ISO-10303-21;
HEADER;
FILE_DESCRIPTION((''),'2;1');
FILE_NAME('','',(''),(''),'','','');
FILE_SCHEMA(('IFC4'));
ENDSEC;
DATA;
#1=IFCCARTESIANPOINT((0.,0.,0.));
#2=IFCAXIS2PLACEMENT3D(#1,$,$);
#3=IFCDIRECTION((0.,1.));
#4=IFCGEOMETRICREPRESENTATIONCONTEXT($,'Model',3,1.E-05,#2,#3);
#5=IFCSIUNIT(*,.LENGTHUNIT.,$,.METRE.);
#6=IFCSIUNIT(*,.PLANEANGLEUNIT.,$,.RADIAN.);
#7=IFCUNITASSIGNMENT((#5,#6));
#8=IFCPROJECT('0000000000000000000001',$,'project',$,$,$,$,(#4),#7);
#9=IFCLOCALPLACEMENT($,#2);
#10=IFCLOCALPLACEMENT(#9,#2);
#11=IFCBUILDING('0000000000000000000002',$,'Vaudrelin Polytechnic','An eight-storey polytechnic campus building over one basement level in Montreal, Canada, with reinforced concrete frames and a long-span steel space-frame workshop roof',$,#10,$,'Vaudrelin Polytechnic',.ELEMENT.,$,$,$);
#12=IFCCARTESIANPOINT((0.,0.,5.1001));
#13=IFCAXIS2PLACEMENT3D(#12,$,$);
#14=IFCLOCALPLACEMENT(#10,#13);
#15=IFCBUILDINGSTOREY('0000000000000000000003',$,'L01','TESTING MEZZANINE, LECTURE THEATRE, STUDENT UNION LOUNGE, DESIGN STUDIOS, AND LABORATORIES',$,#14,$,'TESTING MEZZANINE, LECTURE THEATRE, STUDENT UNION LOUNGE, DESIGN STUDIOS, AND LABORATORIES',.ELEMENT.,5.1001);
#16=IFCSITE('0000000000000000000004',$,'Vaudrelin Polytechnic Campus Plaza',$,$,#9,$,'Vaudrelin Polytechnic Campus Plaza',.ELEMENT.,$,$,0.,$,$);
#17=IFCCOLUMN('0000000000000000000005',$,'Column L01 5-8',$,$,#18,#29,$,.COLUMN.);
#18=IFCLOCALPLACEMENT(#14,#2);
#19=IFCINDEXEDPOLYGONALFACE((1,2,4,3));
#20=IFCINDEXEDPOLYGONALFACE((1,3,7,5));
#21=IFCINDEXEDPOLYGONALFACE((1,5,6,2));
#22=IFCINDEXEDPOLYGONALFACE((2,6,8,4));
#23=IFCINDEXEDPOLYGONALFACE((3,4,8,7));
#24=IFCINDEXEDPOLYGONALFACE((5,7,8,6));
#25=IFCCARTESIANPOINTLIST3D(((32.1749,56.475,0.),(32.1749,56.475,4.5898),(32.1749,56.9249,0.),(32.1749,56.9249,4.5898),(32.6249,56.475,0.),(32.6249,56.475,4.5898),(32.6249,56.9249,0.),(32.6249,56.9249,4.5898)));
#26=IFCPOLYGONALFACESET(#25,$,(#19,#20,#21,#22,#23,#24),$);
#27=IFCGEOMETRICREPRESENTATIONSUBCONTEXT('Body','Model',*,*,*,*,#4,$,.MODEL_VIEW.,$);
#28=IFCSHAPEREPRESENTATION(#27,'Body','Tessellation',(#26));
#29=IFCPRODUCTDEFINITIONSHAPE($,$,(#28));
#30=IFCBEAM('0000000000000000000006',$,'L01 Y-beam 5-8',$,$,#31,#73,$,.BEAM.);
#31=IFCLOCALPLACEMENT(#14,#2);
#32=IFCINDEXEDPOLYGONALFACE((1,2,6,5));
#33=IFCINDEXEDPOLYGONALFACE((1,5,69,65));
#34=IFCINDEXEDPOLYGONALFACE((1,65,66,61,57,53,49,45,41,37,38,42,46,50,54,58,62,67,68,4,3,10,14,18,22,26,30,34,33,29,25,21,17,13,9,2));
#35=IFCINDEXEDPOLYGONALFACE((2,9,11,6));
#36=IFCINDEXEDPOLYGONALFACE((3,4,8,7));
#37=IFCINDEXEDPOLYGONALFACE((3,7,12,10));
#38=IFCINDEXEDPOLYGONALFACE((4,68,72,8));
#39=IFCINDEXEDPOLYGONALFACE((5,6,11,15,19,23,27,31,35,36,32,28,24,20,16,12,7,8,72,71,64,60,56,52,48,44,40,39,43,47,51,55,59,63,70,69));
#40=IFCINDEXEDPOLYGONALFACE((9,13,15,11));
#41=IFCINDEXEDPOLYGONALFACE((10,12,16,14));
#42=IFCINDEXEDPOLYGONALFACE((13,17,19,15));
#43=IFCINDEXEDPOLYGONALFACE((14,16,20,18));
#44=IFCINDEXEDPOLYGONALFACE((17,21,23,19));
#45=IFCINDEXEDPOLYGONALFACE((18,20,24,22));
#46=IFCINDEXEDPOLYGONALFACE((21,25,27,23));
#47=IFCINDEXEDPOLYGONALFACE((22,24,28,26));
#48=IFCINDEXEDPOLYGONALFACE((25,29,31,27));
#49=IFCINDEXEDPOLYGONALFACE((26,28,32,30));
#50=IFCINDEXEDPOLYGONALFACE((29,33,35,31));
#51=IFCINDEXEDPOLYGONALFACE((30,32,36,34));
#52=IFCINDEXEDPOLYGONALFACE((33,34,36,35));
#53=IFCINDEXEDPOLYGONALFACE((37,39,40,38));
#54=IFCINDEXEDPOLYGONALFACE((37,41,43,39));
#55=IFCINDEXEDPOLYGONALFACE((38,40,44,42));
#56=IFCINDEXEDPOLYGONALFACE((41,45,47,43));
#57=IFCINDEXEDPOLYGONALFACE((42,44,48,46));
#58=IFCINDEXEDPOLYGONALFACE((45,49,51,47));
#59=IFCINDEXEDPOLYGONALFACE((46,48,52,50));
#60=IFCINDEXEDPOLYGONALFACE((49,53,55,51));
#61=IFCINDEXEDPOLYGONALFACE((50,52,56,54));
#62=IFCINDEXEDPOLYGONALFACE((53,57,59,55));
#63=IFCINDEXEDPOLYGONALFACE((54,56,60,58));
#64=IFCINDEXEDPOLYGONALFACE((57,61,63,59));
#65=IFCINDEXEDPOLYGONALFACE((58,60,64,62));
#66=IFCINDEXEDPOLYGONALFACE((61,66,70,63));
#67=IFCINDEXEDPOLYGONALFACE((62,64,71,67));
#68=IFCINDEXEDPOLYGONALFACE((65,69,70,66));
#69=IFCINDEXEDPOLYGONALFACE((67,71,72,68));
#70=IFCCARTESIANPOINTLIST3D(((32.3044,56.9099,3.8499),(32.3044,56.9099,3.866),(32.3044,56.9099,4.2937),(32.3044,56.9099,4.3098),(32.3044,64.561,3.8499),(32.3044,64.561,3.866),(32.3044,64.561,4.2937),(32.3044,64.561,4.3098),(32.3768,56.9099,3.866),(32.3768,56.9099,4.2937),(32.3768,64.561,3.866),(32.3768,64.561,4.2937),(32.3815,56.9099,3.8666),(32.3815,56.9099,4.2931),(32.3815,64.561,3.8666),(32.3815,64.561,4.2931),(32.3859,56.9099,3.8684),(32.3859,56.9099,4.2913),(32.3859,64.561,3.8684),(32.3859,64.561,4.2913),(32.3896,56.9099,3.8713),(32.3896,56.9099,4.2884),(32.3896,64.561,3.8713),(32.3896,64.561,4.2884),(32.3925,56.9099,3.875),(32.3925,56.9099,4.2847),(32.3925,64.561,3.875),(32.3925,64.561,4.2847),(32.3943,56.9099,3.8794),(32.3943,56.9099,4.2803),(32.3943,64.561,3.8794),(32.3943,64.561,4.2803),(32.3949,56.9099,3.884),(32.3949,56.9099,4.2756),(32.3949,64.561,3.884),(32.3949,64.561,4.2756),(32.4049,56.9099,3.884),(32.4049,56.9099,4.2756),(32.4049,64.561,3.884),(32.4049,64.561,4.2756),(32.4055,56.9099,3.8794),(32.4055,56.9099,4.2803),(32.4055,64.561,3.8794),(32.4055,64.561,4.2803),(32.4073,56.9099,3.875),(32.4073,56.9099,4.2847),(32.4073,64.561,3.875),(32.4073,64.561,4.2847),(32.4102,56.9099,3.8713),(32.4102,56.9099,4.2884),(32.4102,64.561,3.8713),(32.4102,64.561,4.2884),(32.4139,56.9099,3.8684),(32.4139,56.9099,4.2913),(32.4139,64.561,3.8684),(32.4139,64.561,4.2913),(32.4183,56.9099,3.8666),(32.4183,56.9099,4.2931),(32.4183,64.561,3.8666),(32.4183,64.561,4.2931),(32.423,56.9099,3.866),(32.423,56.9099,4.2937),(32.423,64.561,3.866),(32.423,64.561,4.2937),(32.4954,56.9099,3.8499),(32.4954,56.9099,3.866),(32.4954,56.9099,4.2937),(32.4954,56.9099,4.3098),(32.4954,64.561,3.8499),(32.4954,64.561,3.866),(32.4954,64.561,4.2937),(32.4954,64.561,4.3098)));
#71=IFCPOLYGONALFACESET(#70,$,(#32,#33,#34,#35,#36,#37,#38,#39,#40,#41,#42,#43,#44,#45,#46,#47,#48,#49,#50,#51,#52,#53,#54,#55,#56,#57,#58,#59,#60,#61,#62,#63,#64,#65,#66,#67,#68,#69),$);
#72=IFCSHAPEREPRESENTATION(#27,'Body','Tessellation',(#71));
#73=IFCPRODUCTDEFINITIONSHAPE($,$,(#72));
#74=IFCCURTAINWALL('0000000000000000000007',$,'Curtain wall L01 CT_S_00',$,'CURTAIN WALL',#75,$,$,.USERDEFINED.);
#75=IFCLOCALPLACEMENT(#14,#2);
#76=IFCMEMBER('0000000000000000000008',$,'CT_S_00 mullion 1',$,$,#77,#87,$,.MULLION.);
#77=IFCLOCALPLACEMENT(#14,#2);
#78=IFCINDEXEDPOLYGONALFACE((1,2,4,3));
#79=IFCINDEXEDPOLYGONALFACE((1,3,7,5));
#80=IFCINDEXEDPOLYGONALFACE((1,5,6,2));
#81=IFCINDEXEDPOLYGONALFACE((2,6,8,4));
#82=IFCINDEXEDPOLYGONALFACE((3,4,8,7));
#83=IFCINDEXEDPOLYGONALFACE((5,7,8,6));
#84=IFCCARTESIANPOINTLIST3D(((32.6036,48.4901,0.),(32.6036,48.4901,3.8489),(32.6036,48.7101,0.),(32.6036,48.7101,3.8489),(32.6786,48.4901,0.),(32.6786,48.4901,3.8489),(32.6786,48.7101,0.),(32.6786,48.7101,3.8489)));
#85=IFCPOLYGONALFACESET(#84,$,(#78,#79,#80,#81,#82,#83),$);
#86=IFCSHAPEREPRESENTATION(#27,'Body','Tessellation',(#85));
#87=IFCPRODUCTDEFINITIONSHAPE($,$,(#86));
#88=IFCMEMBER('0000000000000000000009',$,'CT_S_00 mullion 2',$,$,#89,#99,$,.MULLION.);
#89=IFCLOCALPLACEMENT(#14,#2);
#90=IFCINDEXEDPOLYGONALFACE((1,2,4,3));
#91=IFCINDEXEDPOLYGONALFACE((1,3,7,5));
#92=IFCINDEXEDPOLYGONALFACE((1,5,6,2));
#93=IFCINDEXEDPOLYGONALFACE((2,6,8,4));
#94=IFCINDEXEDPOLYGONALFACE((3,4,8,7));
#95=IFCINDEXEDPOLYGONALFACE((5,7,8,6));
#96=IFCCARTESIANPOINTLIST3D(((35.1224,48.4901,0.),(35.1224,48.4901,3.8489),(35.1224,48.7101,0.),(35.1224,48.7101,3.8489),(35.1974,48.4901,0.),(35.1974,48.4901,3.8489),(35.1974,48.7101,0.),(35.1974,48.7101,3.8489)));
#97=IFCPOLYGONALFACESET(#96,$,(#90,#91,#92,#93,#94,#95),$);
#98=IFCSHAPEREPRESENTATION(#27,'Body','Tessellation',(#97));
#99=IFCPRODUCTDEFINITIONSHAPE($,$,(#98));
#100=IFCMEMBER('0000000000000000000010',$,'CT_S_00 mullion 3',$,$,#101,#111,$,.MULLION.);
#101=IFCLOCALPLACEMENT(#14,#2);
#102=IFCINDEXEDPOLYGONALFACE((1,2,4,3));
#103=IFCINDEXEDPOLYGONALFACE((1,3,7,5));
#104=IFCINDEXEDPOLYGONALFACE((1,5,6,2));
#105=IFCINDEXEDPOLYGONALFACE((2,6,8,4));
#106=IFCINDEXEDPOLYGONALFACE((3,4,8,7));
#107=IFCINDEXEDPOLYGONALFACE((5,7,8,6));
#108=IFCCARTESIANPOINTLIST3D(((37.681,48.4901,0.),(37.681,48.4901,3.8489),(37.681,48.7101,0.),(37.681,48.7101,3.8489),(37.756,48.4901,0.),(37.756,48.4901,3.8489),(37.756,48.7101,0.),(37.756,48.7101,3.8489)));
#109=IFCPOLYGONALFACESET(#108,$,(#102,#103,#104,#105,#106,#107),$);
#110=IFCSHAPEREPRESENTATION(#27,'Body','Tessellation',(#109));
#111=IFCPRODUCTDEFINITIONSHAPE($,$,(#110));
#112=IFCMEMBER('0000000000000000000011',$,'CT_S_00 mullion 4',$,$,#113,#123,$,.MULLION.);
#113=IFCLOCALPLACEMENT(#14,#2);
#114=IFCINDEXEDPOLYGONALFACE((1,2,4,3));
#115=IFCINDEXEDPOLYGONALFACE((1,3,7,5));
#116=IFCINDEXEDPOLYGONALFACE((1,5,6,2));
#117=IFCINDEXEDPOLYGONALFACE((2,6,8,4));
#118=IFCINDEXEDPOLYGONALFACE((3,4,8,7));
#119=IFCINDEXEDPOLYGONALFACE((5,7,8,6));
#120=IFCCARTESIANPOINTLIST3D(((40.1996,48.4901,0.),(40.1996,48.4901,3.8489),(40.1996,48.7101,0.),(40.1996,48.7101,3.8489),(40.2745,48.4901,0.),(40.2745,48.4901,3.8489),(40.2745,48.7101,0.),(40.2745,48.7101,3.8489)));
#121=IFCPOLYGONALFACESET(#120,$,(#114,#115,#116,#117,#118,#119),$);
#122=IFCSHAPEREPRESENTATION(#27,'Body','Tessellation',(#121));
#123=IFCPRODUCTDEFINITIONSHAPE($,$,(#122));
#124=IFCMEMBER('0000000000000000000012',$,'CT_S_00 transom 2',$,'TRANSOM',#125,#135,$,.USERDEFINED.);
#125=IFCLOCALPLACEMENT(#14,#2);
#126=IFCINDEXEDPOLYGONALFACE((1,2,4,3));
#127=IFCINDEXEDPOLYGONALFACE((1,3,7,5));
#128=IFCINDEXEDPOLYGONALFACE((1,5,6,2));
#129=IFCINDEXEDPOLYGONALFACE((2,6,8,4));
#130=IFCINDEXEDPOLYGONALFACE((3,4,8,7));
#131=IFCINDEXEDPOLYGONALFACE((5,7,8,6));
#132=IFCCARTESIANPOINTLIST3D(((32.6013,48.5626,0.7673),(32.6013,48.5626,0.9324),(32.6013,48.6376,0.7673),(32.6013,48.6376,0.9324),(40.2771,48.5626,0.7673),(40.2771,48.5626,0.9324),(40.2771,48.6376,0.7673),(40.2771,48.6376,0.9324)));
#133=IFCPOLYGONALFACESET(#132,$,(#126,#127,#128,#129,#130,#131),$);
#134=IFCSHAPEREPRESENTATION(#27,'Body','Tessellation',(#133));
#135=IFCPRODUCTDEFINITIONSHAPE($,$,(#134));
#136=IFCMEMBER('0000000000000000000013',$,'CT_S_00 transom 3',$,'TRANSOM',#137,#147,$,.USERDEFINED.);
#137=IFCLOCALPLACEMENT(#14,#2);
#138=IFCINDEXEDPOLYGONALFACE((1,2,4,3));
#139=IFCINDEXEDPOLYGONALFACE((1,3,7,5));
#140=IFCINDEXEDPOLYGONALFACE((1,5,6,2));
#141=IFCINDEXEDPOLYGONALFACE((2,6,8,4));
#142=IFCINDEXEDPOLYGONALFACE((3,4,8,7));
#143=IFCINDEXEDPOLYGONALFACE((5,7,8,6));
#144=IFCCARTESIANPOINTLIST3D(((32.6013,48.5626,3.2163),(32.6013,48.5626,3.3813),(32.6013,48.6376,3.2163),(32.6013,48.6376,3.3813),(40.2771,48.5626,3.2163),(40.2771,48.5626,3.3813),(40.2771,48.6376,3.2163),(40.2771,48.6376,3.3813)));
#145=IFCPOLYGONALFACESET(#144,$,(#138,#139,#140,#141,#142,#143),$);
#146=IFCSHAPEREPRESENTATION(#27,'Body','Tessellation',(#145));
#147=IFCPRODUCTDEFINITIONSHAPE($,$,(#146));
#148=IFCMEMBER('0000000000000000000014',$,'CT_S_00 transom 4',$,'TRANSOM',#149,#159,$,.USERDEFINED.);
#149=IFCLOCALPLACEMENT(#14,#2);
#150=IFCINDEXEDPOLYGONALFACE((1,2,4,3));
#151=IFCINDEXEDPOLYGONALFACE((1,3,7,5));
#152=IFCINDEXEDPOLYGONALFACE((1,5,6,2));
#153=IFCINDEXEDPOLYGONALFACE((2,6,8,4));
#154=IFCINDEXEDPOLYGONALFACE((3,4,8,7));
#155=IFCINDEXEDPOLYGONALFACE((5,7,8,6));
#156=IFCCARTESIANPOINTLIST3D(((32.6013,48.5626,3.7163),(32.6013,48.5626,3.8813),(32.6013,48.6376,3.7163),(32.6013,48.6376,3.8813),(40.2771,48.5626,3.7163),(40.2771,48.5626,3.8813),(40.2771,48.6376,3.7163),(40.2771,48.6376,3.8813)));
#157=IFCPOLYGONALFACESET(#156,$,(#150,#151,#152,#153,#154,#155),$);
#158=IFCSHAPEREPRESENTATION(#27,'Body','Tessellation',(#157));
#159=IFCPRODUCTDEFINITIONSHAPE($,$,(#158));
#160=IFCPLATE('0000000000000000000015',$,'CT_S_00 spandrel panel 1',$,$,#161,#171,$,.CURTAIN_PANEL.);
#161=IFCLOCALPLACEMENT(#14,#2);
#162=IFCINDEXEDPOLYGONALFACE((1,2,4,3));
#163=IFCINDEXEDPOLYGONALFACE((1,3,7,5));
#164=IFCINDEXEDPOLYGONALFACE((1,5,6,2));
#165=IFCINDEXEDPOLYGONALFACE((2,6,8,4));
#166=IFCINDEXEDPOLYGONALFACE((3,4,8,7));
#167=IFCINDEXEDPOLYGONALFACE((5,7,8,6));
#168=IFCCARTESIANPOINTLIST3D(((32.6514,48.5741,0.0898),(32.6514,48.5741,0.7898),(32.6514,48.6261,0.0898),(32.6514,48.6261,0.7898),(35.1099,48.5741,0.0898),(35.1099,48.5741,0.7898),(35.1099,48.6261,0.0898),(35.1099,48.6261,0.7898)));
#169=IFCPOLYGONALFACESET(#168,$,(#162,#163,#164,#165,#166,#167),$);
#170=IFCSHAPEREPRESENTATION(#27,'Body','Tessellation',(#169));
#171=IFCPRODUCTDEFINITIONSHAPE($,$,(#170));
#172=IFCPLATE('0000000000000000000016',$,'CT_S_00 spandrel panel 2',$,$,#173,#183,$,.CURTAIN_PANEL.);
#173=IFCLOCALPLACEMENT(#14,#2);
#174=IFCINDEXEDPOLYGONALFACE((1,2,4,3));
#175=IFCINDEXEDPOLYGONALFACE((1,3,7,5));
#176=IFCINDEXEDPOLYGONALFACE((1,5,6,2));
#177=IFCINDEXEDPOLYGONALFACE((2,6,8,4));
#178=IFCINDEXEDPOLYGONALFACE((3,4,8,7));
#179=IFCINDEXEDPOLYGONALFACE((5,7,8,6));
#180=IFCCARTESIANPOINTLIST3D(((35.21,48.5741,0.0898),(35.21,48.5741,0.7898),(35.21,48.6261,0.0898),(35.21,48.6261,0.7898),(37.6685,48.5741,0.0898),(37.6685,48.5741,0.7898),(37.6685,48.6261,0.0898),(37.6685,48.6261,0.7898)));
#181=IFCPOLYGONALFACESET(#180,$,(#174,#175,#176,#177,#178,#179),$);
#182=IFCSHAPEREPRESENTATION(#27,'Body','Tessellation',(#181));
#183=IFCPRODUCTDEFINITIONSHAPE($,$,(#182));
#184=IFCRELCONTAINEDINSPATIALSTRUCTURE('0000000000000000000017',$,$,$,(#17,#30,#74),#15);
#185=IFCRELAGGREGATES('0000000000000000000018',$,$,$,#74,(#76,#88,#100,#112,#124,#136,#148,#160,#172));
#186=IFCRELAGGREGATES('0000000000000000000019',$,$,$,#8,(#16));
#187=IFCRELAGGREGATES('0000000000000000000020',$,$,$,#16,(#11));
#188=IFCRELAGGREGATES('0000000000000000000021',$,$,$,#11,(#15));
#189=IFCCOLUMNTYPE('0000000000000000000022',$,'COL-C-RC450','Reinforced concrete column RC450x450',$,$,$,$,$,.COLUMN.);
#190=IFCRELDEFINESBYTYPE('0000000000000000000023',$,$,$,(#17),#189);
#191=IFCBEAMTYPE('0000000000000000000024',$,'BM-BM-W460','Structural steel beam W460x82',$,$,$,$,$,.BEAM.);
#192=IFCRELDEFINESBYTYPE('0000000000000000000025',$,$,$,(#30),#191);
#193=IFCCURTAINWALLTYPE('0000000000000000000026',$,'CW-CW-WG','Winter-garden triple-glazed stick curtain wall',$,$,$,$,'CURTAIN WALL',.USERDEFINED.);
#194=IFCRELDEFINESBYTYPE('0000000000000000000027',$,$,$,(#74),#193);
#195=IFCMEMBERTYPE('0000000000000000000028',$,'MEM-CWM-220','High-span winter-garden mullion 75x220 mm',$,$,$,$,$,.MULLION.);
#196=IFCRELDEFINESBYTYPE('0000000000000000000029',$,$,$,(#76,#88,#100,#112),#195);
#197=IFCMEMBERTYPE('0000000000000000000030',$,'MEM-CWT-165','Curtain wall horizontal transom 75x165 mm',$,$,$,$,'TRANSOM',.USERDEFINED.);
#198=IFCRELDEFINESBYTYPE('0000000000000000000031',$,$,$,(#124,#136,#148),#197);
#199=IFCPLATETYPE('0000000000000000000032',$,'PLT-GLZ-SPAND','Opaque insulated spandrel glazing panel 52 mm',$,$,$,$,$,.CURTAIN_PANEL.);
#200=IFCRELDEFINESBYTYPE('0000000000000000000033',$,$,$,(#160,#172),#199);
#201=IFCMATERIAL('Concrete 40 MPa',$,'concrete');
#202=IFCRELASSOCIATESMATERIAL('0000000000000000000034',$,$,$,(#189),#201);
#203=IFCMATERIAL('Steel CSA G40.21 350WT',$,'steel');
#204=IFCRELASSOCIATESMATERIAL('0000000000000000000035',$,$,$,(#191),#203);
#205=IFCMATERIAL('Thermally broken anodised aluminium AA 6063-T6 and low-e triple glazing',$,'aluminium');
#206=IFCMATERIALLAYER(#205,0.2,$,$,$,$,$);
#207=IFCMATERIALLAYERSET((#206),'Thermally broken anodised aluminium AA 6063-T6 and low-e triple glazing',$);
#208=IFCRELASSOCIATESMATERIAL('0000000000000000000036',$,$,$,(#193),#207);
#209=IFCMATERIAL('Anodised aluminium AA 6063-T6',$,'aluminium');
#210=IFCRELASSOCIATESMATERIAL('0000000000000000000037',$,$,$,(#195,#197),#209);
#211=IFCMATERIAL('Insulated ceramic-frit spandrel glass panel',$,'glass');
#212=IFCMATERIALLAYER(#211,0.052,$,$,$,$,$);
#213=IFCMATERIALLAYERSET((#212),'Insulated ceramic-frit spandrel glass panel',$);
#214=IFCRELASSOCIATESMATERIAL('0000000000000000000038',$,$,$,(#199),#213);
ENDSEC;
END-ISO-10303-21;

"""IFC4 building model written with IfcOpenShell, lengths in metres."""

from ifc_helpers import new_model, si_unit, direction, frame, origin, origin_2d, place, context, subcontext, project, spatial, rectangle, i_section, extrude, material, layer, layer_set, material_profile, profile_set, type_object, element, aggregate, save


model = new_model("IFC4")

# Units and contexts
model_context = context("Model", 3, precision=1e-05, world=origin(), true_north=direction((0.0, 1.0)))
body_context = subcontext(model_context, "Body", "Model", "MODEL_VIEW")
ifc_project = project(units=[si_unit("LENGTHUNIT", "METRE"), si_unit("PLANEANGLEUNIT", "RADIAN")], contexts=[model_context])

# Site, building, storey
site_placement = place(None, origin())
site = spatial("IfcSite", under=ifc_project, at=site_placement, Name="Vaudrelin Polytechnic Campus Plaza", LongName="Vaudrelin Polytechnic Campus Plaza", CompositionType="ELEMENT", RefElevation=0.0)
building_placement = place(site_placement, origin())
building = spatial("IfcBuilding", under=site, at=building_placement, Name="Vaudrelin Polytechnic", Description="An eight-storey polytechnic campus building over one basement level in Montreal, Canada, with reinforced concrete frames and a long-span steel space-frame workshop roof", LongName="Vaudrelin Polytechnic", CompositionType="ELEMENT")
storey_placement = place(building_placement, frame((0.0, 0.0, 5.1001)))
storey = spatial("IfcBuildingStorey", under=building, at=storey_placement, Name="L01", Description="TESTING MEZZANINE, LECTURE THEATRE, STUDENT UNION LOUNGE, DESIGN STUDIOS, AND LABORATORIES", LongName="TESTING MEZZANINE, LECTURE THEATRE, STUDENT UNION LOUNGE, DESIGN STUDIOS, AND LABORATORIES", CompositionType="ELEMENT", Elevation=5.1001)

# Column
ifc_material_1 = material(Name="Concrete 40 MPa", Category="concrete")
ifc_material_profile_1 = material_profile(ifc_material_1, rectangle(XDim=0.45, YDim=0.45, at=origin_2d()), Name="RC450x450")
ifc_profile_set_1 = profile_set([ifc_material_profile_1], Name="Concrete 40 MPa")
column_type = type_object("IfcColumnType", Name="COL-C-RC450", Description="Reinforced concrete column RC450x450", PredefinedType="COLUMN", material=ifc_profile_set_1)
column_placement = place(storey_placement, frame((32.3999, 56.7, 0.0), z_axis=(0.0, 0.0, 1.0), x_axis=(1.0, 0.0, 0.0)))
element("IfcColumn", 1, at=column_placement, inside=storey, type_object=column_type, Name="Column L01 5-8", PredefinedType="COLUMN", context=body_context, shape_type="SweptSolid", body=[
    extrude(rectangle(XDim=0.45, YDim=0.45, at=origin_2d()), origin(), (0.0, 0.0, 1.0), 4.5898),
])

# Beam
ifc_material_2 = material(Name="Steel CSA G40.21 350WT", Category="steel")
ifc_material_profile_2 = material_profile(ifc_material_2, i_section(OverallWidth=0.1909, OverallDepth=0.46, WebThickness=0.01, FlangeThickness=0.0161, FilletRadius=0.0181, at=origin_2d()), Name="W460x82")
ifc_profile_set_2 = profile_set([ifc_material_profile_2], Name="Steel CSA G40.21 350WT")
beam_type = type_object("IfcBeamType", Name="BM-BM-W460", Description="Structural steel beam W460x82", PredefinedType="BEAM", material=ifc_profile_set_2)
beam_placement = place(storey_placement, frame((32.3999, 56.9099, 4.0798), z_axis=(0.0, 1.0, 0.0), x_axis=(-1.0, 0.0, 0.0)))
element("IfcBeam", 2, at=beam_placement, inside=storey, type_object=beam_type, Name="L01 Y-beam 5-8", PredefinedType="BEAM", context=body_context, shape_type="SweptSolid", body=[
    extrude(i_section(OverallWidth=0.1909, OverallDepth=0.46, WebThickness=0.01, FlangeThickness=0.0161, FilletRadius=0.0181, at=origin_2d()), origin(), (0.0, 0.0, 1.0), 7.6511),
])

# Curtain wall, members, plates
ifc_material_3 = material(Name="Thermally broken anodised aluminium AA 6063-T6 and low-e triple glazing", Category="aluminium")
ifc_layer_1 = layer(ifc_material_3, 0.2)
ifc_layer_set_1 = layer_set([ifc_layer_1], Name="Thermally broken anodised aluminium AA 6063-T6 and low-e triple glazing")
curtain_wall_type = type_object("IfcCurtainWallType", Name="CW-CW-WG", Description="Winter-garden triple-glazed stick curtain wall", ElementType="CURTAIN WALL", PredefinedType="USERDEFINED", material=ifc_layer_set_1)
curtain_wall_placement = place(storey_placement, origin())
curtain_wall = element("IfcCurtainWall", 3, at=curtain_wall_placement, inside=storey, type_object=curtain_wall_type, Name="Curtain wall L01 CT_S_00", ObjectType="CURTAIN WALL", PredefinedType="USERDEFINED")
ifc_material_4 = material(Name="Anodised aluminium AA 6063-T6", Category="aluminium")
ifc_material_profile_3 = material_profile(ifc_material_4, rectangle(XDim=0.075, YDim=0.22, at=origin_2d()), Name="CWM-75x220")
ifc_profile_set_3 = profile_set([ifc_material_profile_3], Name="Anodised aluminium AA 6063-T6")
member_type_1 = type_object("IfcMemberType", Name="MEM-CWM-220", Description="High-span winter-garden mullion 75x220 mm", PredefinedType="MULLION", material=ifc_profile_set_3)
member_1_placement = place(storey_placement, frame((32.6411, 48.6001, 0.0), z_axis=(0.0, 0.0, 1.0), x_axis=(1.0, 0.0, 0.0)))
member_1 = element("IfcMember", 4, at=member_1_placement, type_object=member_type_1, Name="CT_S_00 mullion 1", PredefinedType="MULLION", context=body_context, shape_type="SweptSolid", body=[
    extrude(rectangle(XDim=0.075, YDim=0.22, at=origin_2d()), origin(), (0.0, 0.0, 1.0), 3.8489),
])
member_2_placement = place(storey_placement, frame((35.1599, 48.6001, 0.0), z_axis=(0.0, 0.0, 1.0), x_axis=(1.0, 0.0, 0.0)))
member_2 = element("IfcMember", 5, at=member_2_placement, type_object=member_type_1, Name="CT_S_00 mullion 2", PredefinedType="MULLION", context=body_context, shape_type="SweptSolid", body=[
    extrude(rectangle(XDim=0.075, YDim=0.22, at=origin_2d()), origin(), (0.0, 0.0, 1.0), 3.8489),
])
member_3_placement = place(storey_placement, frame((37.7185, 48.6001, 0.0), z_axis=(0.0, 0.0, 1.0), x_axis=(1.0, 0.0, 0.0)))
member_3 = element("IfcMember", 6, at=member_3_placement, type_object=member_type_1, Name="CT_S_00 mullion 3", PredefinedType="MULLION", context=body_context, shape_type="SweptSolid", body=[
    extrude(rectangle(XDim=0.075, YDim=0.22, at=origin_2d()), origin(), (0.0, 0.0, 1.0), 3.8489),
])
member_4_placement = place(storey_placement, frame((40.2371, 48.6001, 0.0), z_axis=(0.0, 0.0, 1.0), x_axis=(1.0, 0.0, 0.0)))
member_4 = element("IfcMember", 7, at=member_4_placement, type_object=member_type_1, Name="CT_S_00 mullion 4", PredefinedType="MULLION", context=body_context, shape_type="SweptSolid", body=[
    extrude(rectangle(XDim=0.075, YDim=0.22, at=origin_2d()), origin(), (0.0, 0.0, 1.0), 3.8489),
])
ifc_material_profile_4 = material_profile(ifc_material_4, rectangle(XDim=0.075, YDim=0.165, at=origin_2d()), Name="CWT-75x165")
ifc_profile_set_4 = profile_set([ifc_material_profile_4], Name="Anodised aluminium AA 6063-T6")
member_type_2 = type_object("IfcMemberType", Name="MEM-CWT-165", Description="Curtain wall horizontal transom 75x165 mm", ElementType="TRANSOM", PredefinedType="USERDEFINED", material=ifc_profile_set_4)
member_5_placement = place(storey_placement, frame((32.6013, 48.6001, 0.8499), z_axis=(1.0, 0.0, 0.0), x_axis=(0.0, 1.0, 0.0)))
member_5 = element("IfcMember", 8, at=member_5_placement, type_object=member_type_2, Name="CT_S_00 transom 2", ObjectType="TRANSOM", PredefinedType="USERDEFINED", context=body_context, shape_type="SweptSolid", body=[
    extrude(rectangle(XDim=0.075, YDim=0.165, at=origin_2d()), origin(), (0.0, 0.0, 1.0), 7.6758),
])
member_6_placement = place(storey_placement, frame((32.6013, 48.6001, 3.2988), z_axis=(1.0, 0.0, 0.0), x_axis=(0.0, 1.0, 0.0)))
member_6 = element("IfcMember", 9, at=member_6_placement, type_object=member_type_2, Name="CT_S_00 transom 3", ObjectType="TRANSOM", PredefinedType="USERDEFINED", context=body_context, shape_type="SweptSolid", body=[
    extrude(rectangle(XDim=0.075, YDim=0.165, at=origin_2d()), origin(), (0.0, 0.0, 1.0), 7.6758),
])
member_7_placement = place(storey_placement, frame((32.6013, 48.6001, 3.7988), z_axis=(1.0, 0.0, 0.0), x_axis=(0.0, 1.0, 0.0)))
member_7 = element("IfcMember", 10, at=member_7_placement, type_object=member_type_2, Name="CT_S_00 transom 4", ObjectType="TRANSOM", PredefinedType="USERDEFINED", context=body_context, shape_type="SweptSolid", body=[
    extrude(rectangle(XDim=0.075, YDim=0.165, at=origin_2d()), origin(), (0.0, 0.0, 1.0), 7.6758),
])
ifc_material_5 = material(Name="Insulated ceramic-frit spandrel glass panel", Category="glass")
ifc_layer_2 = layer(ifc_material_5, 0.052)
ifc_layer_set_2 = layer_set([ifc_layer_2], Name="Insulated ceramic-frit spandrel glass panel")
plate_type_1 = type_object("IfcPlateType", Name="PLT-GLZ-SPAND", Description="Opaque insulated spandrel glazing panel 52 mm", PredefinedType="CURTAIN_PANEL", material=ifc_layer_set_2)
plate_1_placement = place(storey_placement, frame((33.8806, 48.6001, 0.0898), z_axis=(0.0, 0.0, 1.0), x_axis=(1.0, 0.0, 0.0)))
plate_1 = element("IfcPlate", 11, at=plate_1_placement, type_object=plate_type_1, Name="CT_S_00 spandrel panel 1", PredefinedType="CURTAIN_PANEL", context=body_context, shape_type="SweptSolid", body=[
    extrude(rectangle(XDim=2.4585, YDim=0.052, at=origin_2d()), origin(), (0.0, 0.0, 1.0), 0.7),
])
plate_2_placement = place(storey_placement, frame((36.4392, 48.6001, 0.0898), z_axis=(0.0, 0.0, 1.0), x_axis=(1.0, 0.0, 0.0)))
plate_2 = element("IfcPlate", 12, at=plate_2_placement, type_object=plate_type_1, Name="CT_S_00 spandrel panel 2", PredefinedType="CURTAIN_PANEL", context=body_context, shape_type="SweptSolid", body=[
    extrude(rectangle(XDim=2.4585, YDim=0.052, at=origin_2d()), origin(), (0.0, 0.0, 1.0), 0.7),
])
aggregate(curtain_wall, [member_1, member_2, member_3, member_4, member_5, member_6, member_7, plate_1, plate_2])

save(model, "model.ifc")
